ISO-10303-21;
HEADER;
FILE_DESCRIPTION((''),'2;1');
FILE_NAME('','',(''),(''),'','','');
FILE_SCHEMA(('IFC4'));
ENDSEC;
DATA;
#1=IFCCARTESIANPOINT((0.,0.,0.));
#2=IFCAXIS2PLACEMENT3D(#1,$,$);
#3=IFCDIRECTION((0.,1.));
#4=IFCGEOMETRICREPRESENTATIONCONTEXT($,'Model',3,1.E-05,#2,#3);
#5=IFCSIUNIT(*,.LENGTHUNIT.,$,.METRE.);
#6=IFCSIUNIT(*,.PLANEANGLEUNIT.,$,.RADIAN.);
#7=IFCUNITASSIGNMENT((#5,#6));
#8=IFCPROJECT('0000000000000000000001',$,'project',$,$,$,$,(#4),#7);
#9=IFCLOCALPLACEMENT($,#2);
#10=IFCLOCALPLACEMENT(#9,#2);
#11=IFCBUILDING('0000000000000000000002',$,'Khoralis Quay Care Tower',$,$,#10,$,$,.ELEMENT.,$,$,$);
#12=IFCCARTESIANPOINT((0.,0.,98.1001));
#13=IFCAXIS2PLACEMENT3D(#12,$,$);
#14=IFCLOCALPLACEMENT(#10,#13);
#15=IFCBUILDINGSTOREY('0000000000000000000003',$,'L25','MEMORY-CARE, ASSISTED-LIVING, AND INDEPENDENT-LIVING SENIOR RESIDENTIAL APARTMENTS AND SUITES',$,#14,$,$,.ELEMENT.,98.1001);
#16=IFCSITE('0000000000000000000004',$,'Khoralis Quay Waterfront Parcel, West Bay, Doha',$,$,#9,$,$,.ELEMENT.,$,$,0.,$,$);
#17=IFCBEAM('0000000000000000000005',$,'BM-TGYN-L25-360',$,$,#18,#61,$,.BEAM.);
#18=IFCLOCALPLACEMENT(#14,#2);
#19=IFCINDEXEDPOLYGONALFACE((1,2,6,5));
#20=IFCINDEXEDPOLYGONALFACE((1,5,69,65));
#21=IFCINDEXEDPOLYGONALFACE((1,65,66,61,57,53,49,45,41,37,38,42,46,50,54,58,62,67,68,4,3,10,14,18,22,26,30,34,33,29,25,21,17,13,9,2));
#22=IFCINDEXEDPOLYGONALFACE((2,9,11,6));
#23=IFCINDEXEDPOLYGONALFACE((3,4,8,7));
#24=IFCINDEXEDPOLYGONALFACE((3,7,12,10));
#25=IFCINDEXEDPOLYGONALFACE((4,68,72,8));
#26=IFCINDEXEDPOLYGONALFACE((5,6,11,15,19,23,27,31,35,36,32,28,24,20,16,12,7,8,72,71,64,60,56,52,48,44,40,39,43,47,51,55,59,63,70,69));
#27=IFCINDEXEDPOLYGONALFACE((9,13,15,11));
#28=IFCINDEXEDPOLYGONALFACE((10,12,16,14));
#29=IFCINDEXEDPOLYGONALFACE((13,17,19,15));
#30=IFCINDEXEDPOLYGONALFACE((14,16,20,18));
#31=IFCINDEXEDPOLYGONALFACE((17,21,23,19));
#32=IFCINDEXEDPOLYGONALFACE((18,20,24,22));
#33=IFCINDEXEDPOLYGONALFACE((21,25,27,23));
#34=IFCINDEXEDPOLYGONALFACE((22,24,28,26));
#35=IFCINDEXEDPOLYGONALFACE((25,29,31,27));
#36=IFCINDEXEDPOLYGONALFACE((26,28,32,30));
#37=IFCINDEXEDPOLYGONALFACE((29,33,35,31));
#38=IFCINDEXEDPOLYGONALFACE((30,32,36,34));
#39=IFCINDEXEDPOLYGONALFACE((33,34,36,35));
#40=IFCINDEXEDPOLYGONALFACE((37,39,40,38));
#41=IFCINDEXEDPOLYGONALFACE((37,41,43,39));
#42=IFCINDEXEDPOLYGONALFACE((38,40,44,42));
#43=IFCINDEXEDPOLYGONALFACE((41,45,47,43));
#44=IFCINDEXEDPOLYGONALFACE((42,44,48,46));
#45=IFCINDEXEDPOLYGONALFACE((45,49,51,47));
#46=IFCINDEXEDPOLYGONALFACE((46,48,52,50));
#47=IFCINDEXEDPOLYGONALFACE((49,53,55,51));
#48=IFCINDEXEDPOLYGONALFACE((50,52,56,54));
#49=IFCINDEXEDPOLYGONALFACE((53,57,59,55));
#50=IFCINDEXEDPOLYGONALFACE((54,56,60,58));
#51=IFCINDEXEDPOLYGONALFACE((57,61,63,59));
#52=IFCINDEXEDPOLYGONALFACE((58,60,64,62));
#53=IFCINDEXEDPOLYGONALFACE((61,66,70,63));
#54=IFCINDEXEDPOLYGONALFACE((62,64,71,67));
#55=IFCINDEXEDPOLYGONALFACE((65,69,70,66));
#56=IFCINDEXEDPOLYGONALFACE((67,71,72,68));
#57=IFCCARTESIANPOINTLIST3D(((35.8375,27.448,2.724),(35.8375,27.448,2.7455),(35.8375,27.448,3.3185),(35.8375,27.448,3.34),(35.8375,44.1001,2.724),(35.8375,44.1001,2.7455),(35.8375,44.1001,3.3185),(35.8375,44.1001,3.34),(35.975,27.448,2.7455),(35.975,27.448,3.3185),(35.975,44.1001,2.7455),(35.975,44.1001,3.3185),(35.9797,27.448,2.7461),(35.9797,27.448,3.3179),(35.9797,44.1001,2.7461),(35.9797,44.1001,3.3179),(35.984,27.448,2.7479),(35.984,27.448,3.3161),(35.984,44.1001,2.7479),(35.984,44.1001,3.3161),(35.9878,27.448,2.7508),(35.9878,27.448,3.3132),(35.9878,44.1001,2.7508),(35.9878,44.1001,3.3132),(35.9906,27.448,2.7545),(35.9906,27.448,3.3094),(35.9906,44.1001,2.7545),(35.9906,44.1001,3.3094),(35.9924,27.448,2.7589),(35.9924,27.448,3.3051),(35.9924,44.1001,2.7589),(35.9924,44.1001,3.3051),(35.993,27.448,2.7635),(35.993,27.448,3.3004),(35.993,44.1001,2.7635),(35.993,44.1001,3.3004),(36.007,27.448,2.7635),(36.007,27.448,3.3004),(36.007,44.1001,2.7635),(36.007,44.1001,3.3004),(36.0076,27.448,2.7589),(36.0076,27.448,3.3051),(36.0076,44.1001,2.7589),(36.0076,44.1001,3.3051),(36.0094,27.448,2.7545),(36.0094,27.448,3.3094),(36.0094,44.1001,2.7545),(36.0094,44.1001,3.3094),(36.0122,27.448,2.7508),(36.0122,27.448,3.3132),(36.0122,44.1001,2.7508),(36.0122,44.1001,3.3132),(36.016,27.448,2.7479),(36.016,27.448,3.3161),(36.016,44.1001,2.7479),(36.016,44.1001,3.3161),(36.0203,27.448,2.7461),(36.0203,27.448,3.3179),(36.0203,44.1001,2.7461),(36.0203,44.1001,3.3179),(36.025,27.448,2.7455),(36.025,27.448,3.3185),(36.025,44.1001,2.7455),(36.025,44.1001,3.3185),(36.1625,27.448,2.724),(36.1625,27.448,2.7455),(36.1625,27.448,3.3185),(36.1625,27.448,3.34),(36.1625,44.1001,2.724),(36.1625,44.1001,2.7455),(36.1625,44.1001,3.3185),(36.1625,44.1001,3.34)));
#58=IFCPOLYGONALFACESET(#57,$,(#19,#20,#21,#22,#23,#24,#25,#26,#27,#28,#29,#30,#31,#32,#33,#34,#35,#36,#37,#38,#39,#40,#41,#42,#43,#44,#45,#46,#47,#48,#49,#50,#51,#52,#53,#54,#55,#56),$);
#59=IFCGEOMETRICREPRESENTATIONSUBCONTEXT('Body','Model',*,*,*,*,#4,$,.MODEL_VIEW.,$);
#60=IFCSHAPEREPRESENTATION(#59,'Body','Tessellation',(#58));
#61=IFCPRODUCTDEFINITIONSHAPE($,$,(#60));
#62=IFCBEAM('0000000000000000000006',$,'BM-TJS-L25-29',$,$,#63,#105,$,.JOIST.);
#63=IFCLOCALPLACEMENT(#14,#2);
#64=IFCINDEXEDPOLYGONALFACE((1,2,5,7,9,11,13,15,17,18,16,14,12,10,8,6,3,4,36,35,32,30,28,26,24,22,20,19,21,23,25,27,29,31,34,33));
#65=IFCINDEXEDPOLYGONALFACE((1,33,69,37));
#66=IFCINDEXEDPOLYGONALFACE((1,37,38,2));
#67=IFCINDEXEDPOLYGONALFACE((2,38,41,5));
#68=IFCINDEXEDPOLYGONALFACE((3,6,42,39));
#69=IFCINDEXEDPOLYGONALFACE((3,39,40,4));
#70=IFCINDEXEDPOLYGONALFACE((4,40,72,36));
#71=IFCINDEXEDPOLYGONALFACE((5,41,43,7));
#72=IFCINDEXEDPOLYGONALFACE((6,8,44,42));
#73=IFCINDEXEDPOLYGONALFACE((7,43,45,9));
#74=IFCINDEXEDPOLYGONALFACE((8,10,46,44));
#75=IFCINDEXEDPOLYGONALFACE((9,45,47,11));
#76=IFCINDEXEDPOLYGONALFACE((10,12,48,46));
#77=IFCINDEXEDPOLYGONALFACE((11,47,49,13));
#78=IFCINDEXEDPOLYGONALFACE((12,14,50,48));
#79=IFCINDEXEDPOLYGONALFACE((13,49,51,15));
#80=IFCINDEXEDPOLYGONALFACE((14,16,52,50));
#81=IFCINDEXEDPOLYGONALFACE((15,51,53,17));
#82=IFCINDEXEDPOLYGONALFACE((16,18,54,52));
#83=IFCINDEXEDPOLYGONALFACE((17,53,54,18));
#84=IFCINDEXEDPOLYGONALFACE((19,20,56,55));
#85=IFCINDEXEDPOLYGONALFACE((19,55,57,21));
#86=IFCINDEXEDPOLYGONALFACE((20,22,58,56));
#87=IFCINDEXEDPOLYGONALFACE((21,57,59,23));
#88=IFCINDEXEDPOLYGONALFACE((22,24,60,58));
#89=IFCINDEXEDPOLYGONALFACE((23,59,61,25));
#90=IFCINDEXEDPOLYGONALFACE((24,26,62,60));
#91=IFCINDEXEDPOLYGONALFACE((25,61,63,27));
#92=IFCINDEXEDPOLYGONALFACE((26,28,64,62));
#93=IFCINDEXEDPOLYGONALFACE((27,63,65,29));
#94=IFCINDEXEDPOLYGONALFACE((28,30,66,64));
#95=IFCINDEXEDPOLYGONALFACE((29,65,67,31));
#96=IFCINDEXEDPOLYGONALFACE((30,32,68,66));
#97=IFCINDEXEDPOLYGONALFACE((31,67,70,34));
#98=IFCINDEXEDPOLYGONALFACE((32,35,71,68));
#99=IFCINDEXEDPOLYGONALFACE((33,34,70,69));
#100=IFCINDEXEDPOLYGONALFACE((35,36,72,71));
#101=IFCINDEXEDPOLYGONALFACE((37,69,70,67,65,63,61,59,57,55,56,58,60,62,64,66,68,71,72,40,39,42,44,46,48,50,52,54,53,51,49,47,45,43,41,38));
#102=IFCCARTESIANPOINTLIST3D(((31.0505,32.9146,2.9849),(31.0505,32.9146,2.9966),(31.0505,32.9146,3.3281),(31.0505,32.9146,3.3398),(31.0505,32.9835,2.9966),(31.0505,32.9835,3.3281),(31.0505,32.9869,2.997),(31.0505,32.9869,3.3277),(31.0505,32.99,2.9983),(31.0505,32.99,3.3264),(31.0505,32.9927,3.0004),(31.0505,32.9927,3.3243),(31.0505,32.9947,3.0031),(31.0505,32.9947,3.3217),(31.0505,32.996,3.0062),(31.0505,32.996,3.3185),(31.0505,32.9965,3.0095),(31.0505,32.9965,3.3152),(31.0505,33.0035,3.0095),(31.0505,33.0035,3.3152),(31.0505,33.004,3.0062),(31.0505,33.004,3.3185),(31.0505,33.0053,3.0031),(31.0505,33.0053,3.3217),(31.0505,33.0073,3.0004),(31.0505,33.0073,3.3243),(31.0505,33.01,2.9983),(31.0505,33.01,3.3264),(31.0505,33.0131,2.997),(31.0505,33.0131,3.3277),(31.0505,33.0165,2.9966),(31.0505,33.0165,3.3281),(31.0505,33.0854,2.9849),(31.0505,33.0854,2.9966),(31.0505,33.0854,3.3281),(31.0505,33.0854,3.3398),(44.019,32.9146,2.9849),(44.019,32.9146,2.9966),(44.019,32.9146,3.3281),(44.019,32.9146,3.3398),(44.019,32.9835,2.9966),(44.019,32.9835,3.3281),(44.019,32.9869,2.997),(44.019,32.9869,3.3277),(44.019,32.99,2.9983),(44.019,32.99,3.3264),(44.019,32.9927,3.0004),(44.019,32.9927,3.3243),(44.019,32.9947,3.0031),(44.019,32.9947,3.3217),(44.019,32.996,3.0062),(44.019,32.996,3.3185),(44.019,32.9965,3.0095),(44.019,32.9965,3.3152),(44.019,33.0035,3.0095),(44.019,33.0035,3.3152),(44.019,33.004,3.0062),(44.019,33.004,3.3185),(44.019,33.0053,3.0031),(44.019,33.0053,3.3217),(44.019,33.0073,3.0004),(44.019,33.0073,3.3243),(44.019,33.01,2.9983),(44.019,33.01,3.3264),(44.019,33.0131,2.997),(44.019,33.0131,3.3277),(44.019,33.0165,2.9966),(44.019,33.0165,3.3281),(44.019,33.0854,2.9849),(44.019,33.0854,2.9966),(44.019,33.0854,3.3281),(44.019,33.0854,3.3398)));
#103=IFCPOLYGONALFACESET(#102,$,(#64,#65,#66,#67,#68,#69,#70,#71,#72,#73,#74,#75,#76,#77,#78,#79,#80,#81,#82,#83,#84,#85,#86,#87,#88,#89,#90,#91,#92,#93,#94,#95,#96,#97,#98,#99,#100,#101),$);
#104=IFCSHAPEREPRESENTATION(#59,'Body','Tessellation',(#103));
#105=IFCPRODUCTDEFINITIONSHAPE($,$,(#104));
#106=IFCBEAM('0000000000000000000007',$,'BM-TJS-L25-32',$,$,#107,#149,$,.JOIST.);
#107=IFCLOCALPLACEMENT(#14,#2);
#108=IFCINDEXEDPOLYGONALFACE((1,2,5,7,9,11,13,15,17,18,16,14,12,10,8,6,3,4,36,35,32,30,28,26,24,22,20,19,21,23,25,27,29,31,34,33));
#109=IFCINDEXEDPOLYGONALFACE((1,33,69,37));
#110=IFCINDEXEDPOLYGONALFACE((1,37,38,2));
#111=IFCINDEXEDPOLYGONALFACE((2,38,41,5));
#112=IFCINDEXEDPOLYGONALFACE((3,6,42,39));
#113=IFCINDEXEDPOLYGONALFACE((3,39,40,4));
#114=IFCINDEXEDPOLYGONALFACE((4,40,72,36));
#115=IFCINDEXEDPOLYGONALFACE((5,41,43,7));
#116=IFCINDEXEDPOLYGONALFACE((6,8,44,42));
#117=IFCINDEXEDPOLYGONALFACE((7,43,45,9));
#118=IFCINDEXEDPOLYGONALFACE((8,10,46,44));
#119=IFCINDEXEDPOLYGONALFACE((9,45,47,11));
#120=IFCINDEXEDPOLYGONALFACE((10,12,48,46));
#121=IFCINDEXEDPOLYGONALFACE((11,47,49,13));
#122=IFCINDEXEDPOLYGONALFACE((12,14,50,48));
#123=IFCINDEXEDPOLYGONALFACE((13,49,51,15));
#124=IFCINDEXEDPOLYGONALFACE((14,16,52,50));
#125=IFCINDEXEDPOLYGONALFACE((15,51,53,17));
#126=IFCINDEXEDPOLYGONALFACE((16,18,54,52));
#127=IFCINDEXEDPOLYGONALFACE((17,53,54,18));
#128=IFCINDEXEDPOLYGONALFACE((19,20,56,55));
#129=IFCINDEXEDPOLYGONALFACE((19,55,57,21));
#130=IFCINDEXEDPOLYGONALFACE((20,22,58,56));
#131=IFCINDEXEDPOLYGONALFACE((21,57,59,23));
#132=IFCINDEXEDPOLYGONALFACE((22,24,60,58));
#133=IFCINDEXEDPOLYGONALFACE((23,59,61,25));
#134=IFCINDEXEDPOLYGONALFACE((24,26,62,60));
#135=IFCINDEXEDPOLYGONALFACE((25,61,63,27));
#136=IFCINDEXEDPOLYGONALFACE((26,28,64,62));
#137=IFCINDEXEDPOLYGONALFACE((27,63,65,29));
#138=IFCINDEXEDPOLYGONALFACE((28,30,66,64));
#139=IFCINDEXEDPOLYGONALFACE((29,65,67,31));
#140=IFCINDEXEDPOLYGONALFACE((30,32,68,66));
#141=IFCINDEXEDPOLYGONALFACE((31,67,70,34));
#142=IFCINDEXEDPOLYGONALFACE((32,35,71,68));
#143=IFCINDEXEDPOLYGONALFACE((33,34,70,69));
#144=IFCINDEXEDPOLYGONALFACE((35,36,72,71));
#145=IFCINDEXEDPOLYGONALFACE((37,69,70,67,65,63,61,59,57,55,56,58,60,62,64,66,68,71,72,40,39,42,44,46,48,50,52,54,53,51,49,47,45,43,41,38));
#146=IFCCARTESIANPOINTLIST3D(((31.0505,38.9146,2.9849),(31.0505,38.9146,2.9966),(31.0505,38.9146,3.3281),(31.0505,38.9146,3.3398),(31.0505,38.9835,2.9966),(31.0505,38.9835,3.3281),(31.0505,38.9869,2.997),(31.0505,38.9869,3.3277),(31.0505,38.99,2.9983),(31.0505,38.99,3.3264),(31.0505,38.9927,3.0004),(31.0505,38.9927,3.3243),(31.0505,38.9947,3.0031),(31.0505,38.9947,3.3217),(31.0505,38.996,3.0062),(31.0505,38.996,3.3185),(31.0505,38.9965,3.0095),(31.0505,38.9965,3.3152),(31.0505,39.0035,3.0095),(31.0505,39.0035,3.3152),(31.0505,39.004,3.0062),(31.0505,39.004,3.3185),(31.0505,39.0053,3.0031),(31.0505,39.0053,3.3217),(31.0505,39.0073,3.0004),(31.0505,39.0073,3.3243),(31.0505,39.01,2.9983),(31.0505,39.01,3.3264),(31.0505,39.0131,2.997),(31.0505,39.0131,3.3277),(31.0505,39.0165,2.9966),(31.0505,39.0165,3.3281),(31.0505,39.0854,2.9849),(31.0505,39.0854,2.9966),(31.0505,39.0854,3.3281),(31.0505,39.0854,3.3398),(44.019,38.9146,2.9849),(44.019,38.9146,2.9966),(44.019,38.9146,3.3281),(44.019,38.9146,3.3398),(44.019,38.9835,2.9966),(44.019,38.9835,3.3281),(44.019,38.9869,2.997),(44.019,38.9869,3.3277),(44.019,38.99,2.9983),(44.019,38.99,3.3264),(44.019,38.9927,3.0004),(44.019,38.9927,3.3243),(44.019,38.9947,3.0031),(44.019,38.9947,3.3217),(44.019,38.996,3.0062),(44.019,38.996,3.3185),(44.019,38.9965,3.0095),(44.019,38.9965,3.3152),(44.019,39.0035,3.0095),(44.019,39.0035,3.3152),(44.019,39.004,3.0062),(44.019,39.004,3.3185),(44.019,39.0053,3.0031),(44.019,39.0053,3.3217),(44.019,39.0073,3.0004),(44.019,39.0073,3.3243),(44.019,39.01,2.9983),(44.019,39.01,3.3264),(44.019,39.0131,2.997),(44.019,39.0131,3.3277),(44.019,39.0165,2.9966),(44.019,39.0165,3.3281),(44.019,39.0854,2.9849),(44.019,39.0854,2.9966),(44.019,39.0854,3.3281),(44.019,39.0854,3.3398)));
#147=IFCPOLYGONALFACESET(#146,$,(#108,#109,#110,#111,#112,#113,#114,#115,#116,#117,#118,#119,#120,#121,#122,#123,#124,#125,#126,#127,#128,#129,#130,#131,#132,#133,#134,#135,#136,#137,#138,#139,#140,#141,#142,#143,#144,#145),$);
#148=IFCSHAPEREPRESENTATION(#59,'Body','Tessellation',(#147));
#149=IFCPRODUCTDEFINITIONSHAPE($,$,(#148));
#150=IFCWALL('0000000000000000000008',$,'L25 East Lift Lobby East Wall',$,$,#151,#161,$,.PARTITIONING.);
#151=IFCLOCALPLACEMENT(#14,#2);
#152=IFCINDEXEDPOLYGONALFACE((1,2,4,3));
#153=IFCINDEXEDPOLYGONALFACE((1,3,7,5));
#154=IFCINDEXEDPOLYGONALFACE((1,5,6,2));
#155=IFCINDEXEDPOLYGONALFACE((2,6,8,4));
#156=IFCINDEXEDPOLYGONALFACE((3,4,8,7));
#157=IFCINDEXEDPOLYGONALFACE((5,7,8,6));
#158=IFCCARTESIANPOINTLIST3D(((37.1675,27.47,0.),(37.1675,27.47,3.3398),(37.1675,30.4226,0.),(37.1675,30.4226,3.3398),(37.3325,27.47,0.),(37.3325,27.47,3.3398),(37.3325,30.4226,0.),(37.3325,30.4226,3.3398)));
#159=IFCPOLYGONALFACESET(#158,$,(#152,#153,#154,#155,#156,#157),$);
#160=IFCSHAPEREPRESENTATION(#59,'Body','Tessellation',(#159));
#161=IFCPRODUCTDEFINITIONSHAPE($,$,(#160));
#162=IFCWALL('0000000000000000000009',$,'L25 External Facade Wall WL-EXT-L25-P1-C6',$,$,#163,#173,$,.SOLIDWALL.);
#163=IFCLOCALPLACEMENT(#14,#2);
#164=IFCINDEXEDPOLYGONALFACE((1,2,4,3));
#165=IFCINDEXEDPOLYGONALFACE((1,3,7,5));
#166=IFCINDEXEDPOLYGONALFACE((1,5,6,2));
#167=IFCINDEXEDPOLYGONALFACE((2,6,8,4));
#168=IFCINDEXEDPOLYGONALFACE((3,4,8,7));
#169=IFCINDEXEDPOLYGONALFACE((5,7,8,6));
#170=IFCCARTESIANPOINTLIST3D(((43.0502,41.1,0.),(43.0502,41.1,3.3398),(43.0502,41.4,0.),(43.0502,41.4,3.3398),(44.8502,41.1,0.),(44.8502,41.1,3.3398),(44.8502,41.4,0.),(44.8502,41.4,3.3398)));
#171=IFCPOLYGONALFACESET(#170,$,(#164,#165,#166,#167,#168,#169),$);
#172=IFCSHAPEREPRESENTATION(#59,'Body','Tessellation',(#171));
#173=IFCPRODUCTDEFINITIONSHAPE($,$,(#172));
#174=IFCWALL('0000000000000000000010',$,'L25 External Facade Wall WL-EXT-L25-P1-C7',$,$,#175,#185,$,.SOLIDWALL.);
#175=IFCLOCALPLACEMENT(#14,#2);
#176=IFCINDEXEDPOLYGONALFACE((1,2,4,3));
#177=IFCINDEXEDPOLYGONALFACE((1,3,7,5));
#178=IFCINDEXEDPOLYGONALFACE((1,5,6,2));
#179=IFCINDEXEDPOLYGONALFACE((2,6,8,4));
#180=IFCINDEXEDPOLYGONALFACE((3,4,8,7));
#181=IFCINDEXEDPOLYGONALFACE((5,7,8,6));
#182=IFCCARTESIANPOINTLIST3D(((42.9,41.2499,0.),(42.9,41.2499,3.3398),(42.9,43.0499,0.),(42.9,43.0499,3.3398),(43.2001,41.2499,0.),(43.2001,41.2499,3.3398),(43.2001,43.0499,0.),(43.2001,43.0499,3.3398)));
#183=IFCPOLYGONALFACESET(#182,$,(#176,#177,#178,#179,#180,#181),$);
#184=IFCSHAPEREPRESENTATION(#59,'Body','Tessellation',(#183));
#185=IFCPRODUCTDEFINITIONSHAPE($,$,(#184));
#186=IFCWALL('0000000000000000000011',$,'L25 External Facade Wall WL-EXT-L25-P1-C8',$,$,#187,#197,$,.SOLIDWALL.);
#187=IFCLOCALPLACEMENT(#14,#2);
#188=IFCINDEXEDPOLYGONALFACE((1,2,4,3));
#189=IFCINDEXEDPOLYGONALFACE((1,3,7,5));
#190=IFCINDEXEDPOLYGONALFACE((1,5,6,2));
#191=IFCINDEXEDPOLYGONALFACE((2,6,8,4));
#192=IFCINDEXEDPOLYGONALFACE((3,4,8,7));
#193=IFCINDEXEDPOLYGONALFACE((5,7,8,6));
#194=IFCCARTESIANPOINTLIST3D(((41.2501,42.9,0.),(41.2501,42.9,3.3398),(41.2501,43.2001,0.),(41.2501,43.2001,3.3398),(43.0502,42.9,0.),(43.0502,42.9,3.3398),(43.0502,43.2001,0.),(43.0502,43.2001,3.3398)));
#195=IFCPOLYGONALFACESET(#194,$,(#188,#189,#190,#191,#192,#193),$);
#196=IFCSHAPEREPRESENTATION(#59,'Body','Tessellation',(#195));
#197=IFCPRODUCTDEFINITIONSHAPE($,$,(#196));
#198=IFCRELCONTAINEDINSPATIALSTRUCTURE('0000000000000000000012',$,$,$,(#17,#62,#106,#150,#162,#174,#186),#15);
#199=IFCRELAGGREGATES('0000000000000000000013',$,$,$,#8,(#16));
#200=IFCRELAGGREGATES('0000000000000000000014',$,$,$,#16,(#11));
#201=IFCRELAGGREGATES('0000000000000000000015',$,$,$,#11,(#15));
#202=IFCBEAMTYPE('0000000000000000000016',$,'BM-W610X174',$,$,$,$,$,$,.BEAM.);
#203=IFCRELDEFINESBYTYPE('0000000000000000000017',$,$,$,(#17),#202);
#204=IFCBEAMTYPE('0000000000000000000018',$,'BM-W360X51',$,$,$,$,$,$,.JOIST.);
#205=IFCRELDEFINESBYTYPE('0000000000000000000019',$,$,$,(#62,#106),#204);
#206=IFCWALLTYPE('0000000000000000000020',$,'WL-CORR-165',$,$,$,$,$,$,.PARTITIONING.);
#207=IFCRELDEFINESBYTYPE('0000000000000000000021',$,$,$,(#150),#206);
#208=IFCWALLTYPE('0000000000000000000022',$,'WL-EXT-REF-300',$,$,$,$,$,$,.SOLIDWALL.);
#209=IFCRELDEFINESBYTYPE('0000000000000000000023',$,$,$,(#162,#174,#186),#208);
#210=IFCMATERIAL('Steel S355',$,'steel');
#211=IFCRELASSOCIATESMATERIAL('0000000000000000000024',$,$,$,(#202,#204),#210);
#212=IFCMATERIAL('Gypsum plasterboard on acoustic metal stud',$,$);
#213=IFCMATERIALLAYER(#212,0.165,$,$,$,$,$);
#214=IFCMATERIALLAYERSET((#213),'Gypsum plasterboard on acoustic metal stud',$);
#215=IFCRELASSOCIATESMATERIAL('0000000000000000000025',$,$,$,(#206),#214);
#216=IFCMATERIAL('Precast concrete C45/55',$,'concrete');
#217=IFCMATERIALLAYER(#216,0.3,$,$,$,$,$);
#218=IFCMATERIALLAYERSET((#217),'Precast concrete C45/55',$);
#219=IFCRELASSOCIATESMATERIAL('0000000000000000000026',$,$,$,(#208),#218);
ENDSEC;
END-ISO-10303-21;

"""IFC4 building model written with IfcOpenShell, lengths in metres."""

from ifc_helpers import new_model, si_unit, direction, frame, frame_2d, origin, origin_2d, place, context, subcontext, project, spatial, rectangle, i_section, extrude, source, transform, mapped, material, layer, layer_set, material_profile, profile_set, type_object, element, save


model = new_model("IFC4")

# Units and contexts
model_context = context("Model", 3, precision=1e-05, world=origin(), true_north=direction((0.0, 1.0)))
body_context = subcontext(model_context, "Body", "Model", "MODEL_VIEW")
ifc_project = project(units=[si_unit("LENGTHUNIT", "METRE"), si_unit("PLANEANGLEUNIT", "RADIAN")], contexts=[model_context])

# Site, building, storey
site_placement = place(None, origin())
site = spatial("IfcSite", under=ifc_project, at=site_placement, Name="Khoralis Quay Waterfront Parcel, West Bay, Doha", CompositionType="ELEMENT", RefElevation=0.0)
building_placement = place(site_placement, origin())
building = spatial("IfcBuilding", under=site, at=building_placement, Name="Khoralis Quay Care Tower", CompositionType="ELEMENT")
storey_placement = place(building_placement, frame((0.0, 0.0, 98.1001)))
storey = spatial("IfcBuildingStorey", under=building, at=storey_placement, Name="L25", Description="MEMORY-CARE, ASSISTED-LIVING, AND INDEPENDENT-LIVING SENIOR RESIDENTIAL APARTMENTS AND SUITES", CompositionType="ELEMENT", Elevation=98.1001)

# Beams
ifc_material_1 = material(Name="Steel S355", Category="steel")
ifc_material_profile_1 = material_profile(ifc_material_1, i_section(OverallWidth=0.325, OverallDepth=0.616, WebThickness=0.0139, FlangeThickness=0.0215, FilletRadius=0.0181, at=origin_2d()), Name="Steel S355")
ifc_profile_set_1 = profile_set([ifc_material_profile_1], Name="Steel S355")
beam_type_1 = type_object("IfcBeamType", Name="BM-W610X174", PredefinedType="BEAM", material=ifc_profile_set_1)
shared_shape_1 = source(origin(), body_context, "Body", "SweptSolid", [
    extrude(i_section(OverallWidth=0.325, OverallDepth=0.616, WebThickness=0.0139, FlangeThickness=0.0215, FilletRadius=0.0181, at=origin_2d()), origin(), (0.0, 0.0, 1.0), 16.6521),
])
beam_1_placement = place(storey_placement, frame((36.0, 27.448, 3.032), z_axis=(0.0, 1.0, 0.0), x_axis=(-1.0, 0.0, 0.0)))
element("IfcBeam", 1, at=beam_1_placement, inside=storey, type_object=beam_type_1, Name="BM-TGYN-L25-360", PredefinedType="BEAM", context=body_context, shape_type="MappedRepresentation", body=[
    mapped(shared_shape_1, transform((0.0, 0.0, 0.0), scale=1.0)),
])
ifc_material_profile_2 = material_profile(ifc_material_1, i_section(OverallWidth=0.1709, OverallDepth=0.355, WebThickness=0.0071, FlangeThickness=0.0117, FilletRadius=0.0129, at=origin_2d()), Name="Steel S355")
ifc_profile_set_2 = profile_set([ifc_material_profile_2], Name="Steel S355")
beam_type_2 = type_object("IfcBeamType", Name="BM-W360X51", PredefinedType="JOIST", material=ifc_profile_set_2)
shared_shape_2 = source(origin(), body_context, "Body", "SweptSolid", [
    extrude(i_section(OverallWidth=0.1709, OverallDepth=0.355, WebThickness=0.0071, FlangeThickness=0.0117, FilletRadius=0.0129, at=origin_2d()), origin(), (0.0, 0.0, 1.0), 12.9685),
])
for number, where, z_axis, x_axis, name in (
    (2, (31.0505, 33.0, 3.1624), (1.0, 0.0, 0.0), (0.0, 1.0, 0.0), "BM-TJS-L25-29"),
    (3, (31.0505, 39.0, 3.1624), (1.0, 0.0, 0.0), (0.0, 1.0, 0.0), "BM-TJS-L25-32"),
):
    element("IfcBeam", number, at=place(storey_placement, frame(where, z_axis=z_axis, x_axis=x_axis)), inside=storey, type_object=beam_type_2, Name=name, PredefinedType="JOIST", context=body_context, shape_type="MappedRepresentation", body=[
        mapped(shared_shape_2, transform((0.0, 0.0, 0.0), scale=1.0)),
    ])

# Walls
ifc_material_2 = material(Name="Gypsum plasterboard on acoustic metal stud")
ifc_layer_1 = layer(ifc_material_2, 0.165)
ifc_layer_set_1 = layer_set([ifc_layer_1], Name="Gypsum plasterboard on acoustic metal stud")
wall_type_1 = type_object("IfcWallType", Name="WL-CORR-165", PredefinedType="PARTITIONING", material=ifc_layer_set_1)
wall_1_placement = place(storey_placement, frame((37.25, 27.47, 0.0), z_axis=(0.0, 0.0, 1.0), x_axis=(0.0, 1.0, 0.0)))
element("IfcWall", 4, at=wall_1_placement, inside=storey, type_object=wall_type_1, Name="L25 East Lift Lobby East Wall", PredefinedType="PARTITIONING", context=body_context, shape_type="SweptSolid", body=[
    extrude(rectangle(XDim=2.9526, YDim=0.165, at=frame_2d((1.4763, 0.0))), origin(), (0.0, 0.0, 1.0), 3.3398),
])
ifc_material_3 = material(Name="Precast concrete C45/55", Category="concrete")
ifc_layer_2 = layer(ifc_material_3, 0.3)
ifc_layer_set_2 = layer_set([ifc_layer_2], Name="Precast concrete C45/55")
wall_type_2 = type_object("IfcWallType", Name="WL-EXT-REF-300", PredefinedType="SOLIDWALL", material=ifc_layer_set_2)
for number, where, z_axis, x_axis, name in (
    (5, (44.8501, 41.25, 0.0), (0.0, 0.0, 1.0), (-1.0, 0.0, 0.0), "L25 External Facade Wall WL-EXT-L25-P1-C6"),
    (6, (43.05, 41.25, 0.0), (0.0, 0.0, 1.0), (0.0, 1.0, 0.0), "L25 External Facade Wall WL-EXT-L25-P1-C7"),
    (7, (43.05, 43.05, 0.0), (0.0, 0.0, 1.0), (-1.0, 0.0, 0.0), "L25 External Facade Wall WL-EXT-L25-P1-C8"),
):
    element("IfcWall", number, at=place(storey_placement, frame(where, z_axis=z_axis, x_axis=x_axis)), inside=storey, type_object=wall_type_2, Name=name, PredefinedType="SOLIDWALL", context=body_context, shape_type="SweptSolid", body=[
        extrude(rectangle(XDim=1.8, YDim=0.3, at=frame_2d((0.8999, 0.0))), origin(), (0.0, 0.0, 1.0), 3.3398),
    ])

save(model, "model.ifc")
